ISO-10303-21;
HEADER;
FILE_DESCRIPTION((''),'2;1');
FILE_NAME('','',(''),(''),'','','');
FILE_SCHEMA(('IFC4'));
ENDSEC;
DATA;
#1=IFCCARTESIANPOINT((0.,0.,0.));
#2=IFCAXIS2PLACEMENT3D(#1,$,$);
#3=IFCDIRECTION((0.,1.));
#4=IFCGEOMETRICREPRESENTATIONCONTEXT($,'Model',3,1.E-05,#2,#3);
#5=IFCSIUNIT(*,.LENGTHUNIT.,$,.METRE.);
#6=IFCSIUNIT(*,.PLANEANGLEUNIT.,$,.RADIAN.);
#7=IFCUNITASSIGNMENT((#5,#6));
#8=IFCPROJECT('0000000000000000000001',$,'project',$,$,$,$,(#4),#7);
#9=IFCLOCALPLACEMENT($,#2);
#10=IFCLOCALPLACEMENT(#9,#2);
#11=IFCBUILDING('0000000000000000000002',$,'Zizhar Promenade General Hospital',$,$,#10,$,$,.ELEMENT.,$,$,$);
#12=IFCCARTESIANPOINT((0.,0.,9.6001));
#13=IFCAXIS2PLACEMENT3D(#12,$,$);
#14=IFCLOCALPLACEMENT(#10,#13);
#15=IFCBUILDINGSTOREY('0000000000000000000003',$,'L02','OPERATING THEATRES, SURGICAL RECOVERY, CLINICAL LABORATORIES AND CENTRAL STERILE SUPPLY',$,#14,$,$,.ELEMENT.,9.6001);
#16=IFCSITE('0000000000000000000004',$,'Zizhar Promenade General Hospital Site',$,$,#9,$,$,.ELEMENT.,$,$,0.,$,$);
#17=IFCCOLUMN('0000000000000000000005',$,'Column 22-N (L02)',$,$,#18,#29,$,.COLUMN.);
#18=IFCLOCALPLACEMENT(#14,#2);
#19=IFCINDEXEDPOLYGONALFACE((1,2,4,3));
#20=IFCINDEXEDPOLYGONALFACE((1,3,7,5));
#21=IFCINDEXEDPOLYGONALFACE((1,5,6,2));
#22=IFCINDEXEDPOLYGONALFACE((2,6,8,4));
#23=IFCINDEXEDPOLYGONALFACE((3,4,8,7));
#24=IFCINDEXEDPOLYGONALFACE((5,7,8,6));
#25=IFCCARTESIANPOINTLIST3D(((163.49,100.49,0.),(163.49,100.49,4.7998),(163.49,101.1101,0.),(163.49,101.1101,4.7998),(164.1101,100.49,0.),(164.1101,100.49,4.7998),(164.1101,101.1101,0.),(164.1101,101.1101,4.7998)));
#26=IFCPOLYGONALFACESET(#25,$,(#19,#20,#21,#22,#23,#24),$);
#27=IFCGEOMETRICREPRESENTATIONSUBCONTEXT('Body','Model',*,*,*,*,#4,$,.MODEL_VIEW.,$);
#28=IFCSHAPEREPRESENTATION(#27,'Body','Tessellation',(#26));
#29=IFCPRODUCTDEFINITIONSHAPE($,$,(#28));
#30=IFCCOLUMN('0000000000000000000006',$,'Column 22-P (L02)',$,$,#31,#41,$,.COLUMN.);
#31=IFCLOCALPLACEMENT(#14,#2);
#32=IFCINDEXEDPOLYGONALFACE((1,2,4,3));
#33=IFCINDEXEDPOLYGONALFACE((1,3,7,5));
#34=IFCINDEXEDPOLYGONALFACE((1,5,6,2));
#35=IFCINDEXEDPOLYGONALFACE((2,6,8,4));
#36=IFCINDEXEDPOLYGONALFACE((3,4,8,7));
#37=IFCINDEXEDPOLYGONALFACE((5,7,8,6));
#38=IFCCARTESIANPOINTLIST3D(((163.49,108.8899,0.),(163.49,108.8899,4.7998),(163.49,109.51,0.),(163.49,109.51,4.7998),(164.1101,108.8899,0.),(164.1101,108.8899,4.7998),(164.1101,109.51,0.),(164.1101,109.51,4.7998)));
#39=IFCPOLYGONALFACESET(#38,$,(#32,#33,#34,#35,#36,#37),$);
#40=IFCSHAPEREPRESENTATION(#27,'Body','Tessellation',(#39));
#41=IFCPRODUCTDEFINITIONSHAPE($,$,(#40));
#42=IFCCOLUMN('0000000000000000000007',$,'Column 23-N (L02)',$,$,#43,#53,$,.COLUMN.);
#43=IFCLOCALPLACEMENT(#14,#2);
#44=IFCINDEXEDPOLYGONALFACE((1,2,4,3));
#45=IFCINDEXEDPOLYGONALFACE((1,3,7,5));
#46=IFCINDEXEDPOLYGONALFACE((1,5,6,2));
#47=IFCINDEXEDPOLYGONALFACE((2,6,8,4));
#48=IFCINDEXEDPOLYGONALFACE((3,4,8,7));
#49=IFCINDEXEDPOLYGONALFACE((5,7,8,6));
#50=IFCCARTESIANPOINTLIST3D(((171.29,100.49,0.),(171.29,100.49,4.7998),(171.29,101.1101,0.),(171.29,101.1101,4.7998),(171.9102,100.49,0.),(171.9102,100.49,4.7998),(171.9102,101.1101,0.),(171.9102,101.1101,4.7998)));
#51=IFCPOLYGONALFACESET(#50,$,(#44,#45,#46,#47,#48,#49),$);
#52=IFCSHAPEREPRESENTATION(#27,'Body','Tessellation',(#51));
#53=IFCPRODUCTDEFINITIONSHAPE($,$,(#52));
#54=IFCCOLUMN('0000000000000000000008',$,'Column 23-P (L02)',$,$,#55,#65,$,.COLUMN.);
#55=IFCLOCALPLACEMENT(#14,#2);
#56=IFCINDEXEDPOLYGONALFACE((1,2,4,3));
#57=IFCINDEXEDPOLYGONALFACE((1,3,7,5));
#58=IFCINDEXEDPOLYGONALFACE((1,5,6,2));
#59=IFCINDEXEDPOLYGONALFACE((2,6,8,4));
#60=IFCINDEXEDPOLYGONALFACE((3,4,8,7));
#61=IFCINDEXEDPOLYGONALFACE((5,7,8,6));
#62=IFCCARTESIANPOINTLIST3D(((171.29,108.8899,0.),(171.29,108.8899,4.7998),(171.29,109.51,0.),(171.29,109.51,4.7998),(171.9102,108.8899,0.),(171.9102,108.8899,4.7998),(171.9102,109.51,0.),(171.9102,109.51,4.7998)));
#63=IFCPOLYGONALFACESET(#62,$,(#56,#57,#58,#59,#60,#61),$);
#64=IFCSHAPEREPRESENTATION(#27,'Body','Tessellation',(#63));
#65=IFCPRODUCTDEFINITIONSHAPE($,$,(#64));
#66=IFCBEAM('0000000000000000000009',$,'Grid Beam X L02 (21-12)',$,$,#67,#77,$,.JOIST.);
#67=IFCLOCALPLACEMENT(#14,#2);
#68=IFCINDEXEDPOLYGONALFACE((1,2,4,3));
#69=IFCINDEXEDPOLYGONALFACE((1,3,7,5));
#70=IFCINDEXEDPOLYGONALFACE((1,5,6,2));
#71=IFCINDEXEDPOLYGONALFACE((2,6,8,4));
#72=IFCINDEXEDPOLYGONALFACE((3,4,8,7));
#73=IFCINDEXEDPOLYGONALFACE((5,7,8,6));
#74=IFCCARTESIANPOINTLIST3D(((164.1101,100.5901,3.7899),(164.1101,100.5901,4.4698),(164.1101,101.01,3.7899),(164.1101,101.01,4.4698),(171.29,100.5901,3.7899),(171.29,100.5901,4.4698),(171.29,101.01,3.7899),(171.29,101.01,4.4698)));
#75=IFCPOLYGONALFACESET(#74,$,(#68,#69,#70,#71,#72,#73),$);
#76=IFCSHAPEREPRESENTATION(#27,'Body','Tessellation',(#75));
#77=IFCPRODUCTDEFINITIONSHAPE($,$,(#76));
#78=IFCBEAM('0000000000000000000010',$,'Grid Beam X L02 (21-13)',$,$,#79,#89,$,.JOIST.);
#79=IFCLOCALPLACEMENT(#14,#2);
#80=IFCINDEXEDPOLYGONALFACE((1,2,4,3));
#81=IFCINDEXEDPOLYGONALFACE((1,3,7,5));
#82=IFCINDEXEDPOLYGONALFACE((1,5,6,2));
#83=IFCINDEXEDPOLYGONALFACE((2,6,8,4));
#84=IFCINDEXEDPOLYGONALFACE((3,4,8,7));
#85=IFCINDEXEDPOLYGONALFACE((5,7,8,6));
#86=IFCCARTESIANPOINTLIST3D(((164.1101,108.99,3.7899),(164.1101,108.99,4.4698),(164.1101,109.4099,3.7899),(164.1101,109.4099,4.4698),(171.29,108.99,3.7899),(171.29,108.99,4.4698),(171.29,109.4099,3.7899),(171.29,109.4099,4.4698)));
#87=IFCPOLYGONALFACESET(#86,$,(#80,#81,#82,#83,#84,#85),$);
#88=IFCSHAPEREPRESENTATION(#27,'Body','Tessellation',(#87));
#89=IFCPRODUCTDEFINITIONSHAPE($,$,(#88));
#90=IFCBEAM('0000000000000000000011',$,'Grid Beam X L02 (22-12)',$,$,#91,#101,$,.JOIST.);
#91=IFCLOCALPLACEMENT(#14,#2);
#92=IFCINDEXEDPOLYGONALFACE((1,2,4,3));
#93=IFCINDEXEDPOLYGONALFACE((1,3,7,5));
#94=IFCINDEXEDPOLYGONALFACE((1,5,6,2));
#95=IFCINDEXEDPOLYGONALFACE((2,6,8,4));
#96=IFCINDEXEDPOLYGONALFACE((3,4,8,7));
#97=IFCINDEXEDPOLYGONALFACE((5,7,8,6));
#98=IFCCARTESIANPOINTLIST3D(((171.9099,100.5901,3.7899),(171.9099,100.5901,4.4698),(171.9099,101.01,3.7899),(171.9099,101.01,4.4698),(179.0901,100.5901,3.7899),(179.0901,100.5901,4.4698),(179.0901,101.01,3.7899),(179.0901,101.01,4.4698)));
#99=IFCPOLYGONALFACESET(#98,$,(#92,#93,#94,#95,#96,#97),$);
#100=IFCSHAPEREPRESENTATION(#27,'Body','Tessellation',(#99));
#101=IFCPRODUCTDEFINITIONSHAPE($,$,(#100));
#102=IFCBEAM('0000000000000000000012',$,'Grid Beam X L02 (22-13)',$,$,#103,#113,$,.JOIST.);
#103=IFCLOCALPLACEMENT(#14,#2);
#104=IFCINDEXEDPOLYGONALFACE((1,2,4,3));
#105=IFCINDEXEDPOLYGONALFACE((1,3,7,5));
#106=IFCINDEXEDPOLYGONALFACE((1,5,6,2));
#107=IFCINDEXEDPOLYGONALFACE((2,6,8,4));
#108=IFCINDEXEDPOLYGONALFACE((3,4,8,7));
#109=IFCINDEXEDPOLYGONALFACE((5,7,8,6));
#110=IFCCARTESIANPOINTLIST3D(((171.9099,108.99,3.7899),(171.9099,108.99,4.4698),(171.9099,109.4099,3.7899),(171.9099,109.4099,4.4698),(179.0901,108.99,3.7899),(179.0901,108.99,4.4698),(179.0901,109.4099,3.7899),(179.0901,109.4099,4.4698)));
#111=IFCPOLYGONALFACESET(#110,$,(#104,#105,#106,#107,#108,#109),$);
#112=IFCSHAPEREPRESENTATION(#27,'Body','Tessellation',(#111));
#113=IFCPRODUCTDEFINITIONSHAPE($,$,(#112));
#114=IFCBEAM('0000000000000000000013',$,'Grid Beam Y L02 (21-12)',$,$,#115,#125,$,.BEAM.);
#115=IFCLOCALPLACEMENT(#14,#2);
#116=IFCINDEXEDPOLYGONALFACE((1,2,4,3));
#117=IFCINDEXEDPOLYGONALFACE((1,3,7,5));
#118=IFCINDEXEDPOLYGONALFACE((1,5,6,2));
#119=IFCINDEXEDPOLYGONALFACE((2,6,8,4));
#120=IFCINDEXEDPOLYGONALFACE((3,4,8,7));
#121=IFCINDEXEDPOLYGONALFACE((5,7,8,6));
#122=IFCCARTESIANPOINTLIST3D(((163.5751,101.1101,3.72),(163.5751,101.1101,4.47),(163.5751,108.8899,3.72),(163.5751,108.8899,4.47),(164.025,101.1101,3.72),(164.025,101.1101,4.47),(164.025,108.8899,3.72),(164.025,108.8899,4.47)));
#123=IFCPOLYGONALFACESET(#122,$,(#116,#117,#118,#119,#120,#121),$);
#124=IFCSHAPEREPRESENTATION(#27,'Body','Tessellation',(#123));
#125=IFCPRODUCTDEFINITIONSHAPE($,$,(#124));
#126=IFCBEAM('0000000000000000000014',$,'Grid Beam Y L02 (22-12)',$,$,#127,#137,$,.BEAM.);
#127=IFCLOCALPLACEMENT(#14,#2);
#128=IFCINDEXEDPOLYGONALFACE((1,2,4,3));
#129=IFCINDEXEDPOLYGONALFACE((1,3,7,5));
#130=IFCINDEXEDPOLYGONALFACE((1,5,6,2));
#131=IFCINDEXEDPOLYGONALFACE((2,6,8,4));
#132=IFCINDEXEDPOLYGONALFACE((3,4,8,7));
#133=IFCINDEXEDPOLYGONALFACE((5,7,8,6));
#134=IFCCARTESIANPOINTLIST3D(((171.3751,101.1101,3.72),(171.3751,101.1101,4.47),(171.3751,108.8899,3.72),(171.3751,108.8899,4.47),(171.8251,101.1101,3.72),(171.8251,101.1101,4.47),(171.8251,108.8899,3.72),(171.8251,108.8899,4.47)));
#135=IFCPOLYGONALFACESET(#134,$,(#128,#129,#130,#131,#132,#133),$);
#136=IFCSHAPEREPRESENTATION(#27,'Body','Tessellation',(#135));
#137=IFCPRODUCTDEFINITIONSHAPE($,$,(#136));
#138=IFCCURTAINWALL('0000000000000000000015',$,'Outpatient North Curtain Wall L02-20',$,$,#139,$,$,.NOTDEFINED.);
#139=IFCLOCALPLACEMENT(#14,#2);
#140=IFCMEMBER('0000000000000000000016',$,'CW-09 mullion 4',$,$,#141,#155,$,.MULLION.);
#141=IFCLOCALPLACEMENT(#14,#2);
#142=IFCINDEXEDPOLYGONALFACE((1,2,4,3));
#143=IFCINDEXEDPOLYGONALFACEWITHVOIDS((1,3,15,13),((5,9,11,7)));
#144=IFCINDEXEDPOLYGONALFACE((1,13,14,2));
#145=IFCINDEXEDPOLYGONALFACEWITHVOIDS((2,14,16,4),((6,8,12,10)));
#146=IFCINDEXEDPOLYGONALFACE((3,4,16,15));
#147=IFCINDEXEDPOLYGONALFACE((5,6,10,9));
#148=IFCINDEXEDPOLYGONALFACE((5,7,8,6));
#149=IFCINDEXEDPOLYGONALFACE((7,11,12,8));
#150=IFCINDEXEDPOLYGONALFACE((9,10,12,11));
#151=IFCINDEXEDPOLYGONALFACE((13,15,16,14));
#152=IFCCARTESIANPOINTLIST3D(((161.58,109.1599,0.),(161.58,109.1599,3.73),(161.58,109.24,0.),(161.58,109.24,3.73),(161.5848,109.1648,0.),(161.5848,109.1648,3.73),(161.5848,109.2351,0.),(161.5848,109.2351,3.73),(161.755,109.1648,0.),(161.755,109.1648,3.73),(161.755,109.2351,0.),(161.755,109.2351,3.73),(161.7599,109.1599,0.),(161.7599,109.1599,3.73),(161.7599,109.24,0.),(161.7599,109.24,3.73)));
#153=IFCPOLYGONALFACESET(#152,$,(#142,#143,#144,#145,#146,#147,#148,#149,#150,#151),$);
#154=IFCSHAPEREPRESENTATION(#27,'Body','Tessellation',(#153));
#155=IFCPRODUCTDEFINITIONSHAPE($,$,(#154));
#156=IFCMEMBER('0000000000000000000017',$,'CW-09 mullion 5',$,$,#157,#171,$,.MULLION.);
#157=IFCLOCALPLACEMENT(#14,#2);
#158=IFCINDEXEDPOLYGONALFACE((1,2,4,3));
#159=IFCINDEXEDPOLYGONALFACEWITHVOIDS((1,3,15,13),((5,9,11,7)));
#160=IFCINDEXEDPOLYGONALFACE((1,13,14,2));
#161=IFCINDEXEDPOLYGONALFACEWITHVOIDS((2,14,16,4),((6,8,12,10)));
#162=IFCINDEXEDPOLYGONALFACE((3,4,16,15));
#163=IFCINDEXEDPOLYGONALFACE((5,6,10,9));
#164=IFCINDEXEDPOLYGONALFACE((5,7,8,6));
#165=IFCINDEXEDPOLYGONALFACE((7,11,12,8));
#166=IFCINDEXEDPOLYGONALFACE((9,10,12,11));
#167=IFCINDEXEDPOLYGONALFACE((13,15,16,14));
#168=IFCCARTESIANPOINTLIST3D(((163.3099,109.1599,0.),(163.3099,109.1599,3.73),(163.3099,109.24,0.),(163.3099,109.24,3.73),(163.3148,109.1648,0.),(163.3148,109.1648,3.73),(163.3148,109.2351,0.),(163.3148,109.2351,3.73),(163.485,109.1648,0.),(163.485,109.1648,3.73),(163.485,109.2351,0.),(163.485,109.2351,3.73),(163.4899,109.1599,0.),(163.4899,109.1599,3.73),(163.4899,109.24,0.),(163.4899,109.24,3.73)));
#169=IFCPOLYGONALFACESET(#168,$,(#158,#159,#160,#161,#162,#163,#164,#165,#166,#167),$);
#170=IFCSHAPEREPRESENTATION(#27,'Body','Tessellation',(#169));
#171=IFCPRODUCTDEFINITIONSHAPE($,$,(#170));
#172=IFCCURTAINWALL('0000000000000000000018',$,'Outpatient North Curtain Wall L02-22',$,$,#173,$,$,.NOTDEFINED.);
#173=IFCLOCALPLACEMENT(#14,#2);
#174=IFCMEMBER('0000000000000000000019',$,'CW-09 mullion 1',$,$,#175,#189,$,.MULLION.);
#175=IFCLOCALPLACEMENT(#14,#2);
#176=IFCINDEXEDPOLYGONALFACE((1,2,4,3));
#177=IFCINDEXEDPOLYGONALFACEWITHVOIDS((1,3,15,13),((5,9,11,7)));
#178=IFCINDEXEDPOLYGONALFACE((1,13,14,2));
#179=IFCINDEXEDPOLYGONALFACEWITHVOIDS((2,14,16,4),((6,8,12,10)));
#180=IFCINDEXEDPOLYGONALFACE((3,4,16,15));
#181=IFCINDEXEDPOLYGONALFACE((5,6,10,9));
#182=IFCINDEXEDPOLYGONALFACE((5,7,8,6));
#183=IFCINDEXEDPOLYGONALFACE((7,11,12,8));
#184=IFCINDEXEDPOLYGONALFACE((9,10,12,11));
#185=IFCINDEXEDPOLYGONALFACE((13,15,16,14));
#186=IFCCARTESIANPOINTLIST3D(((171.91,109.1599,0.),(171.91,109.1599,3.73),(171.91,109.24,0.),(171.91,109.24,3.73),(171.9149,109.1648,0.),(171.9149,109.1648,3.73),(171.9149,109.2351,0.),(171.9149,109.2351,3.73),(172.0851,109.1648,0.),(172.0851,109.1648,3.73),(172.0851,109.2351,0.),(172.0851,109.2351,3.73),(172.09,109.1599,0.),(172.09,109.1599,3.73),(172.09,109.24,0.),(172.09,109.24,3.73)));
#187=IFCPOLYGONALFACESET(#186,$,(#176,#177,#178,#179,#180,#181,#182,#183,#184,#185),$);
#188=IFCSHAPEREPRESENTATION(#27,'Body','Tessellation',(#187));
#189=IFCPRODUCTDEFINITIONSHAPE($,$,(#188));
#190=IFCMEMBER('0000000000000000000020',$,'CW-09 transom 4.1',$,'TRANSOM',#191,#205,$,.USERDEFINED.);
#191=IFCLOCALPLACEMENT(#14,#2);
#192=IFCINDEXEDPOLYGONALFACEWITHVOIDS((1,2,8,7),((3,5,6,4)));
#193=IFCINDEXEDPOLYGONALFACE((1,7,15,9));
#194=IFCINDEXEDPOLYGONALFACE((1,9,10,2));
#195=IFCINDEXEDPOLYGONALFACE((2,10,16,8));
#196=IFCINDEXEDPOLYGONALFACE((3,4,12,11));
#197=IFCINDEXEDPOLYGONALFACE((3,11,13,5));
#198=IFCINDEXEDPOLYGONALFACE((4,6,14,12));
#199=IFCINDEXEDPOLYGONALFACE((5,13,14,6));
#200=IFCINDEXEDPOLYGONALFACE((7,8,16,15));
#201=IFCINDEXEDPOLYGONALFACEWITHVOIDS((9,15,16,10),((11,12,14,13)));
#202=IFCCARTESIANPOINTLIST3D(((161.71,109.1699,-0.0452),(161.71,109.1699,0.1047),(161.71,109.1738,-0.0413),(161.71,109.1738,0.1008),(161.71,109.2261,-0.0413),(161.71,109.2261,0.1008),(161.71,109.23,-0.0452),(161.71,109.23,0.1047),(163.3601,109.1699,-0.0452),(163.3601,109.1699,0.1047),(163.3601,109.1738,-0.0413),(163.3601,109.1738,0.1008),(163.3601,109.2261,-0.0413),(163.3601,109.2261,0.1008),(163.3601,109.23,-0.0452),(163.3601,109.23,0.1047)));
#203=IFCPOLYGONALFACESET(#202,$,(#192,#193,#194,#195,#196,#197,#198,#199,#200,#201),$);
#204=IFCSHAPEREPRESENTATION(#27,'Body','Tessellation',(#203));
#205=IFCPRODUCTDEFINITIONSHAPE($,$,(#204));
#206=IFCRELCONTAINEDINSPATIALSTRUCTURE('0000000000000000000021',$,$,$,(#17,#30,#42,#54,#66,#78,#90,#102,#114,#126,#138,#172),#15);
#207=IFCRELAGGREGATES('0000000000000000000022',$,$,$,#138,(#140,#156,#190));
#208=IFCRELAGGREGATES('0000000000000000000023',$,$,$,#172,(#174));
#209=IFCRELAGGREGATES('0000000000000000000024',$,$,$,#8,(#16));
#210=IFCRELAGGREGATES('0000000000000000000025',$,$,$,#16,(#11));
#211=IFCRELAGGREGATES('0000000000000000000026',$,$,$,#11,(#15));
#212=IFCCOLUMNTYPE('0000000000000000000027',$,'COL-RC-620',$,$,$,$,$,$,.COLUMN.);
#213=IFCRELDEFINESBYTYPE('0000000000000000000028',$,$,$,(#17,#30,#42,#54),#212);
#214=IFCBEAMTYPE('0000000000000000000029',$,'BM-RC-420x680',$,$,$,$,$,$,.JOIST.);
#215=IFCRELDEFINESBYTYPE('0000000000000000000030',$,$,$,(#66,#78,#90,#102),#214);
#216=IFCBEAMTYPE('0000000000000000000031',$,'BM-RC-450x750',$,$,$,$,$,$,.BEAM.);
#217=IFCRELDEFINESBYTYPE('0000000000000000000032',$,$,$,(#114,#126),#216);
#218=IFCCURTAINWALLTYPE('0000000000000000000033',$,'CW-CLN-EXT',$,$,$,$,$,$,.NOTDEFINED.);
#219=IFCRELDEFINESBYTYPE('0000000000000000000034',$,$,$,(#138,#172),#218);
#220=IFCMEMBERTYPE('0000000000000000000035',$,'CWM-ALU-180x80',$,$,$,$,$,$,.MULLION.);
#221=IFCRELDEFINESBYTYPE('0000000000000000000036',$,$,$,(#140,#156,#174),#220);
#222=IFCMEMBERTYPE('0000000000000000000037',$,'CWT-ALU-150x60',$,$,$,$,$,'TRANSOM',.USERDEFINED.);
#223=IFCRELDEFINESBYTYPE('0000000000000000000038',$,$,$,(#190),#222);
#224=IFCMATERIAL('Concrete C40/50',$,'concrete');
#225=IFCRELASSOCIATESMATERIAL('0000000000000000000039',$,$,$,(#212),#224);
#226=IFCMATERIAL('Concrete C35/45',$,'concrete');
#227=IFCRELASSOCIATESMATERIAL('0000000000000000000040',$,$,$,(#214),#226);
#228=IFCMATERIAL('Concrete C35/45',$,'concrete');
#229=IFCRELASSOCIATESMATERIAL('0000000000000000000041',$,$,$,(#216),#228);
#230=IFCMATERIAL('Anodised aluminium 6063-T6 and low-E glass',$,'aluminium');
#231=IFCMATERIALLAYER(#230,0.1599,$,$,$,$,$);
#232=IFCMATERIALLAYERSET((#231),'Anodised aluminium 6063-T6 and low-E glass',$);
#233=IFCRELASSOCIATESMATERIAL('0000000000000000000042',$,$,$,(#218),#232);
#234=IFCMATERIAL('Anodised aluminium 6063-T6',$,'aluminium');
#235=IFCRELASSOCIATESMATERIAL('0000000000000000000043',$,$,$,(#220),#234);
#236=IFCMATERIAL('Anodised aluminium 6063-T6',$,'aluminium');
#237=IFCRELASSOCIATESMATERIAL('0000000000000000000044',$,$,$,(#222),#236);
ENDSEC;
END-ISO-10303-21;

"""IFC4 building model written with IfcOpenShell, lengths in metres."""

from ifc_helpers import new_model, si_unit, direction, frame, origin, origin_2d, place, context, subcontext, project, spatial, rectangle, hollow_rectangle, extrude, material, layer, layer_set, material_profile, profile_set, type_object, element, aggregate, save


model = new_model("IFC4")

# Units and contexts
model_context = context("Model", 3, precision=1e-05, world=origin(), true_north=direction((0.0, 1.0)))
body_context = subcontext(model_context, "Body", "Model", "MODEL_VIEW")
ifc_project = project(units=[si_unit("LENGTHUNIT", "METRE"), si_unit("PLANEANGLEUNIT", "RADIAN")], contexts=[model_context])

# Site, building, storey
site_placement = place(None, origin())
site = spatial("IfcSite", under=ifc_project, at=site_placement, Name="Zizhar Promenade General Hospital Site", CompositionType="ELEMENT", RefElevation=0.0)
building_placement = place(site_placement, origin())
building = spatial("IfcBuilding", under=site, at=building_placement, Name="Zizhar Promenade General Hospital", CompositionType="ELEMENT")
storey_placement = place(building_placement, frame((0.0, 0.0, 9.6001)))
storey = spatial("IfcBuildingStorey", under=building, at=storey_placement, Name="L02", Description="OPERATING THEATRES, SURGICAL RECOVERY, CLINICAL LABORATORIES AND CENTRAL STERILE SUPPLY", CompositionType="ELEMENT", Elevation=9.6001)

# Columns
ifc_material_1 = material(Name="Concrete C40/50", Category="concrete")
ifc_material_profile_1 = material_profile(ifc_material_1, rectangle(XDim=0.6201, YDim=0.6201, at=origin_2d()))
ifc_profile_set_1 = profile_set([ifc_material_profile_1], Name="Concrete C40/50")
column_type = type_object("IfcColumnType", Name="COL-RC-620", PredefinedType="COLUMN", material=ifc_profile_set_1)
for number, where, z_axis, x_axis, name in (
    (1, (163.8, 100.8, 0.0), (0.0, 0.0, 1.0), (1.0, 0.0, 0.0), "Column 22-N (L02)"),
    (2, (163.8, 109.2, 0.0), (0.0, 0.0, 1.0), (1.0, 0.0, 0.0), "Column 22-P (L02)"),
    (3, (171.6001, 100.8, 0.0), (0.0, 0.0, 1.0), (1.0, 0.0, 0.0), "Column 23-N (L02)"),
    (4, (171.6001, 109.2, 0.0), (0.0, 0.0, 1.0), (1.0, 0.0, 0.0), "Column 23-P (L02)"),
):
    element("IfcColumn", number, at=place(storey_placement, frame(where, z_axis=z_axis, x_axis=x_axis)), inside=storey, type_object=column_type, Name=name, PredefinedType="COLUMN", context=body_context, shape_type="SweptSolid", body=[
        extrude(rectangle(XDim=0.6201, YDim=0.6201, at=origin_2d()), origin(), (0.0, 0.0, 1.0), 4.7998),
    ])

# Beams
ifc_material_2 = material(Name="Concrete C35/45", Category="concrete")
ifc_material_profile_2 = material_profile(ifc_material_2, rectangle(XDim=0.4199, YDim=0.6799, at=origin_2d()))
ifc_profile_set_2 = profile_set([ifc_material_profile_2], Name="Concrete C35/45")
beam_type_1 = type_object("IfcBeamType", Name="BM-RC-420x680", PredefinedType="JOIST", material=ifc_profile_set_2)
for number, where, z_axis, x_axis, name in (
    (5, (164.1101, 100.8, 4.1299), (1.0, 0.0, 0.0), (0.0, 1.0, 0.0), "Grid Beam X L02 (21-12)"),
    (6, (164.1101, 109.2, 4.1299), (1.0, 0.0, 0.0), (0.0, 1.0, 0.0), "Grid Beam X L02 (21-13)"),
):
    element("IfcBeam", number, at=place(storey_placement, frame(where, z_axis=z_axis, x_axis=x_axis)), inside=storey, type_object=beam_type_1, Name=name, PredefinedType="JOIST", context=body_context, shape_type="SweptSolid", body=[
        extrude(rectangle(XDim=0.4199, YDim=0.6799, at=origin_2d()), origin(), (0.0, 0.0, 1.0), 7.1799),
    ])
for number, where, z_axis, x_axis, name in (
    (7, (171.9099, 100.8, 4.1299), (1.0, 0.0, 0.0), (0.0, 1.0, 0.0), "Grid Beam X L02 (22-12)"),
    (8, (171.9099, 109.2, 4.1299), (1.0, 0.0, 0.0), (0.0, 1.0, 0.0), "Grid Beam X L02 (22-13)"),
):
    element("IfcBeam", number, at=place(storey_placement, frame(where, z_axis=z_axis, x_axis=x_axis)), inside=storey, type_object=beam_type_1, Name=name, PredefinedType="JOIST", context=body_context, shape_type="SweptSolid", body=[
        extrude(rectangle(XDim=0.4199, YDim=0.6799, at=origin_2d()), origin(), (0.0, 0.0, 1.0), 7.1802),
    ])
ifc_material_3 = material(Name="Concrete C35/45", Category="concrete")
ifc_material_profile_3 = material_profile(ifc_material_3, rectangle(XDim=0.45, YDim=0.75, at=origin_2d()))
ifc_profile_set_3 = profile_set([ifc_material_profile_3], Name="Concrete C35/45")
beam_type_2 = type_object("IfcBeamType", Name="BM-RC-450x750", PredefinedType="BEAM", material=ifc_profile_set_3)
for number, where, z_axis, x_axis, name in (
    (9, (163.8, 101.1101, 4.095), (0.0, 1.0, 0.0), (-1.0, 0.0, 0.0), "Grid Beam Y L02 (21-12)"),
    (10, (171.6001, 101.1101, 4.095), (0.0, 1.0, 0.0), (-1.0, 0.0, 0.0), "Grid Beam Y L02 (22-12)"),
):
    element("IfcBeam", number, at=place(storey_placement, frame(where, z_axis=z_axis, x_axis=x_axis)), inside=storey, type_object=beam_type_2, Name=name, PredefinedType="BEAM", context=body_context, shape_type="SweptSolid", body=[
        extrude(rectangle(XDim=0.45, YDim=0.75, at=origin_2d()), origin(), (0.0, 0.0, 1.0), 7.7798),
    ])

# Curtain wall, members
ifc_material_4 = material(Name="Anodised aluminium 6063-T6 and low-E glass", Category="aluminium")
ifc_layer_1 = layer(ifc_material_4, 0.1599)
ifc_layer_set_1 = layer_set([ifc_layer_1], Name="Anodised aluminium 6063-T6 and low-E glass")
curtain_wall_type = type_object("IfcCurtainWallType", Name="CW-CLN-EXT", PredefinedType="NOTDEFINED", material=ifc_layer_set_1)
curtain_wall_1_placement = place(storey_placement, origin())
curtain_wall_1 = element("IfcCurtainWall", 11, at=curtain_wall_1_placement, inside=storey, type_object=curtain_wall_type, Name="Outpatient North Curtain Wall L02-20", PredefinedType="NOTDEFINED")
ifc_material_5 = material(Name="Anodised aluminium 6063-T6", Category="aluminium")
ifc_material_profile_4 = material_profile(ifc_material_5, hollow_rectangle(XDim=0.0801, YDim=0.1799, WallThickness=0.0049, at=origin_2d()))
ifc_profile_set_4 = profile_set([ifc_material_profile_4], Name="Anodised aluminium 6063-T6")
member_type_1 = type_object("IfcMemberType", Name="CWM-ALU-180x80", PredefinedType="MULLION", material=ifc_profile_set_4)
member_1_placement = place(storey_placement, frame((161.6699, 109.2, 0.0), z_axis=(0.0, 0.0, 1.0), x_axis=(0.0, 1.0, 0.0)))
member_1 = element("IfcMember", 12, at=member_1_placement, type_object=member_type_1, Name="CW-09 mullion 4", PredefinedType="MULLION", context=body_context, shape_type="SweptSolid", body=[
    extrude(hollow_rectangle(XDim=0.0801, YDim=0.1799, WallThickness=0.0049, at=origin_2d()), origin(), (0.0, 0.0, 1.0), 3.73),
])
member_2_placement = place(storey_placement, frame((163.3999, 109.2, 0.0), z_axis=(0.0, 0.0, 1.0), x_axis=(0.0, 1.0, 0.0)))
member_2 = element("IfcMember", 13, at=member_2_placement, type_object=member_type_1, Name="CW-09 mullion 5", PredefinedType="MULLION", context=body_context, shape_type="SweptSolid", body=[
    extrude(hollow_rectangle(XDim=0.0801, YDim=0.1799, WallThickness=0.0049, at=origin_2d()), origin(), (0.0, 0.0, 1.0), 3.73),
])

# Curtain wall, member
curtain_wall_2_placement = place(storey_placement, origin())
curtain_wall_2 = element("IfcCurtainWall", 14, at=curtain_wall_2_placement, inside=storey, type_object=curtain_wall_type, Name="Outpatient North Curtain Wall L02-22", PredefinedType="NOTDEFINED")
member_3_placement = place(storey_placement, frame((172.0, 109.2, 0.0), z_axis=(0.0, 0.0, 1.0), x_axis=(0.0, 1.0, 0.0)))
member_3 = element("IfcMember", 15, at=member_3_placement, type_object=member_type_1, Name="CW-09 mullion 1", PredefinedType="MULLION", context=body_context, shape_type="SweptSolid", body=[
    extrude(hollow_rectangle(XDim=0.0801, YDim=0.1799, WallThickness=0.0049, at=origin_2d()), origin(), (0.0, 0.0, 1.0), 3.73),
])

# Member
ifc_material_6 = material(Name="Anodised aluminium 6063-T6", Category="aluminium")
ifc_material_profile_5 = material_profile(ifc_material_6, hollow_rectangle(XDim=0.0601, YDim=0.1499, WallThickness=0.0039, at=origin_2d()))
ifc_profile_set_5 = profile_set([ifc_material_profile_5], Name="Anodised aluminium 6063-T6")
member_type_2 = type_object("IfcMemberType", Name="CWT-ALU-150x60", ElementType="TRANSOM", PredefinedType="USERDEFINED", material=ifc_profile_set_5)
member_4_placement = place(storey_placement, frame((161.71, 109.2, 0.0298), z_axis=(1.0, 0.0, 0.0), x_axis=(0.0, 1.0, 0.0)))
member_4 = element("IfcMember", 16, at=member_4_placement, type_object=member_type_2, Name="CW-09 transom 4.1", ObjectType="TRANSOM", PredefinedType="USERDEFINED", context=body_context, shape_type="SweptSolid", body=[
    extrude(hollow_rectangle(XDim=0.0601, YDim=0.1499, WallThickness=0.0039, at=origin_2d()), origin(), (0.0, 0.0, 1.0), 1.6501),
])

aggregate(curtain_wall_1, [member_1, member_2, member_4])
aggregate(curtain_wall_2, [member_3])

save(model, "model.ifc")
